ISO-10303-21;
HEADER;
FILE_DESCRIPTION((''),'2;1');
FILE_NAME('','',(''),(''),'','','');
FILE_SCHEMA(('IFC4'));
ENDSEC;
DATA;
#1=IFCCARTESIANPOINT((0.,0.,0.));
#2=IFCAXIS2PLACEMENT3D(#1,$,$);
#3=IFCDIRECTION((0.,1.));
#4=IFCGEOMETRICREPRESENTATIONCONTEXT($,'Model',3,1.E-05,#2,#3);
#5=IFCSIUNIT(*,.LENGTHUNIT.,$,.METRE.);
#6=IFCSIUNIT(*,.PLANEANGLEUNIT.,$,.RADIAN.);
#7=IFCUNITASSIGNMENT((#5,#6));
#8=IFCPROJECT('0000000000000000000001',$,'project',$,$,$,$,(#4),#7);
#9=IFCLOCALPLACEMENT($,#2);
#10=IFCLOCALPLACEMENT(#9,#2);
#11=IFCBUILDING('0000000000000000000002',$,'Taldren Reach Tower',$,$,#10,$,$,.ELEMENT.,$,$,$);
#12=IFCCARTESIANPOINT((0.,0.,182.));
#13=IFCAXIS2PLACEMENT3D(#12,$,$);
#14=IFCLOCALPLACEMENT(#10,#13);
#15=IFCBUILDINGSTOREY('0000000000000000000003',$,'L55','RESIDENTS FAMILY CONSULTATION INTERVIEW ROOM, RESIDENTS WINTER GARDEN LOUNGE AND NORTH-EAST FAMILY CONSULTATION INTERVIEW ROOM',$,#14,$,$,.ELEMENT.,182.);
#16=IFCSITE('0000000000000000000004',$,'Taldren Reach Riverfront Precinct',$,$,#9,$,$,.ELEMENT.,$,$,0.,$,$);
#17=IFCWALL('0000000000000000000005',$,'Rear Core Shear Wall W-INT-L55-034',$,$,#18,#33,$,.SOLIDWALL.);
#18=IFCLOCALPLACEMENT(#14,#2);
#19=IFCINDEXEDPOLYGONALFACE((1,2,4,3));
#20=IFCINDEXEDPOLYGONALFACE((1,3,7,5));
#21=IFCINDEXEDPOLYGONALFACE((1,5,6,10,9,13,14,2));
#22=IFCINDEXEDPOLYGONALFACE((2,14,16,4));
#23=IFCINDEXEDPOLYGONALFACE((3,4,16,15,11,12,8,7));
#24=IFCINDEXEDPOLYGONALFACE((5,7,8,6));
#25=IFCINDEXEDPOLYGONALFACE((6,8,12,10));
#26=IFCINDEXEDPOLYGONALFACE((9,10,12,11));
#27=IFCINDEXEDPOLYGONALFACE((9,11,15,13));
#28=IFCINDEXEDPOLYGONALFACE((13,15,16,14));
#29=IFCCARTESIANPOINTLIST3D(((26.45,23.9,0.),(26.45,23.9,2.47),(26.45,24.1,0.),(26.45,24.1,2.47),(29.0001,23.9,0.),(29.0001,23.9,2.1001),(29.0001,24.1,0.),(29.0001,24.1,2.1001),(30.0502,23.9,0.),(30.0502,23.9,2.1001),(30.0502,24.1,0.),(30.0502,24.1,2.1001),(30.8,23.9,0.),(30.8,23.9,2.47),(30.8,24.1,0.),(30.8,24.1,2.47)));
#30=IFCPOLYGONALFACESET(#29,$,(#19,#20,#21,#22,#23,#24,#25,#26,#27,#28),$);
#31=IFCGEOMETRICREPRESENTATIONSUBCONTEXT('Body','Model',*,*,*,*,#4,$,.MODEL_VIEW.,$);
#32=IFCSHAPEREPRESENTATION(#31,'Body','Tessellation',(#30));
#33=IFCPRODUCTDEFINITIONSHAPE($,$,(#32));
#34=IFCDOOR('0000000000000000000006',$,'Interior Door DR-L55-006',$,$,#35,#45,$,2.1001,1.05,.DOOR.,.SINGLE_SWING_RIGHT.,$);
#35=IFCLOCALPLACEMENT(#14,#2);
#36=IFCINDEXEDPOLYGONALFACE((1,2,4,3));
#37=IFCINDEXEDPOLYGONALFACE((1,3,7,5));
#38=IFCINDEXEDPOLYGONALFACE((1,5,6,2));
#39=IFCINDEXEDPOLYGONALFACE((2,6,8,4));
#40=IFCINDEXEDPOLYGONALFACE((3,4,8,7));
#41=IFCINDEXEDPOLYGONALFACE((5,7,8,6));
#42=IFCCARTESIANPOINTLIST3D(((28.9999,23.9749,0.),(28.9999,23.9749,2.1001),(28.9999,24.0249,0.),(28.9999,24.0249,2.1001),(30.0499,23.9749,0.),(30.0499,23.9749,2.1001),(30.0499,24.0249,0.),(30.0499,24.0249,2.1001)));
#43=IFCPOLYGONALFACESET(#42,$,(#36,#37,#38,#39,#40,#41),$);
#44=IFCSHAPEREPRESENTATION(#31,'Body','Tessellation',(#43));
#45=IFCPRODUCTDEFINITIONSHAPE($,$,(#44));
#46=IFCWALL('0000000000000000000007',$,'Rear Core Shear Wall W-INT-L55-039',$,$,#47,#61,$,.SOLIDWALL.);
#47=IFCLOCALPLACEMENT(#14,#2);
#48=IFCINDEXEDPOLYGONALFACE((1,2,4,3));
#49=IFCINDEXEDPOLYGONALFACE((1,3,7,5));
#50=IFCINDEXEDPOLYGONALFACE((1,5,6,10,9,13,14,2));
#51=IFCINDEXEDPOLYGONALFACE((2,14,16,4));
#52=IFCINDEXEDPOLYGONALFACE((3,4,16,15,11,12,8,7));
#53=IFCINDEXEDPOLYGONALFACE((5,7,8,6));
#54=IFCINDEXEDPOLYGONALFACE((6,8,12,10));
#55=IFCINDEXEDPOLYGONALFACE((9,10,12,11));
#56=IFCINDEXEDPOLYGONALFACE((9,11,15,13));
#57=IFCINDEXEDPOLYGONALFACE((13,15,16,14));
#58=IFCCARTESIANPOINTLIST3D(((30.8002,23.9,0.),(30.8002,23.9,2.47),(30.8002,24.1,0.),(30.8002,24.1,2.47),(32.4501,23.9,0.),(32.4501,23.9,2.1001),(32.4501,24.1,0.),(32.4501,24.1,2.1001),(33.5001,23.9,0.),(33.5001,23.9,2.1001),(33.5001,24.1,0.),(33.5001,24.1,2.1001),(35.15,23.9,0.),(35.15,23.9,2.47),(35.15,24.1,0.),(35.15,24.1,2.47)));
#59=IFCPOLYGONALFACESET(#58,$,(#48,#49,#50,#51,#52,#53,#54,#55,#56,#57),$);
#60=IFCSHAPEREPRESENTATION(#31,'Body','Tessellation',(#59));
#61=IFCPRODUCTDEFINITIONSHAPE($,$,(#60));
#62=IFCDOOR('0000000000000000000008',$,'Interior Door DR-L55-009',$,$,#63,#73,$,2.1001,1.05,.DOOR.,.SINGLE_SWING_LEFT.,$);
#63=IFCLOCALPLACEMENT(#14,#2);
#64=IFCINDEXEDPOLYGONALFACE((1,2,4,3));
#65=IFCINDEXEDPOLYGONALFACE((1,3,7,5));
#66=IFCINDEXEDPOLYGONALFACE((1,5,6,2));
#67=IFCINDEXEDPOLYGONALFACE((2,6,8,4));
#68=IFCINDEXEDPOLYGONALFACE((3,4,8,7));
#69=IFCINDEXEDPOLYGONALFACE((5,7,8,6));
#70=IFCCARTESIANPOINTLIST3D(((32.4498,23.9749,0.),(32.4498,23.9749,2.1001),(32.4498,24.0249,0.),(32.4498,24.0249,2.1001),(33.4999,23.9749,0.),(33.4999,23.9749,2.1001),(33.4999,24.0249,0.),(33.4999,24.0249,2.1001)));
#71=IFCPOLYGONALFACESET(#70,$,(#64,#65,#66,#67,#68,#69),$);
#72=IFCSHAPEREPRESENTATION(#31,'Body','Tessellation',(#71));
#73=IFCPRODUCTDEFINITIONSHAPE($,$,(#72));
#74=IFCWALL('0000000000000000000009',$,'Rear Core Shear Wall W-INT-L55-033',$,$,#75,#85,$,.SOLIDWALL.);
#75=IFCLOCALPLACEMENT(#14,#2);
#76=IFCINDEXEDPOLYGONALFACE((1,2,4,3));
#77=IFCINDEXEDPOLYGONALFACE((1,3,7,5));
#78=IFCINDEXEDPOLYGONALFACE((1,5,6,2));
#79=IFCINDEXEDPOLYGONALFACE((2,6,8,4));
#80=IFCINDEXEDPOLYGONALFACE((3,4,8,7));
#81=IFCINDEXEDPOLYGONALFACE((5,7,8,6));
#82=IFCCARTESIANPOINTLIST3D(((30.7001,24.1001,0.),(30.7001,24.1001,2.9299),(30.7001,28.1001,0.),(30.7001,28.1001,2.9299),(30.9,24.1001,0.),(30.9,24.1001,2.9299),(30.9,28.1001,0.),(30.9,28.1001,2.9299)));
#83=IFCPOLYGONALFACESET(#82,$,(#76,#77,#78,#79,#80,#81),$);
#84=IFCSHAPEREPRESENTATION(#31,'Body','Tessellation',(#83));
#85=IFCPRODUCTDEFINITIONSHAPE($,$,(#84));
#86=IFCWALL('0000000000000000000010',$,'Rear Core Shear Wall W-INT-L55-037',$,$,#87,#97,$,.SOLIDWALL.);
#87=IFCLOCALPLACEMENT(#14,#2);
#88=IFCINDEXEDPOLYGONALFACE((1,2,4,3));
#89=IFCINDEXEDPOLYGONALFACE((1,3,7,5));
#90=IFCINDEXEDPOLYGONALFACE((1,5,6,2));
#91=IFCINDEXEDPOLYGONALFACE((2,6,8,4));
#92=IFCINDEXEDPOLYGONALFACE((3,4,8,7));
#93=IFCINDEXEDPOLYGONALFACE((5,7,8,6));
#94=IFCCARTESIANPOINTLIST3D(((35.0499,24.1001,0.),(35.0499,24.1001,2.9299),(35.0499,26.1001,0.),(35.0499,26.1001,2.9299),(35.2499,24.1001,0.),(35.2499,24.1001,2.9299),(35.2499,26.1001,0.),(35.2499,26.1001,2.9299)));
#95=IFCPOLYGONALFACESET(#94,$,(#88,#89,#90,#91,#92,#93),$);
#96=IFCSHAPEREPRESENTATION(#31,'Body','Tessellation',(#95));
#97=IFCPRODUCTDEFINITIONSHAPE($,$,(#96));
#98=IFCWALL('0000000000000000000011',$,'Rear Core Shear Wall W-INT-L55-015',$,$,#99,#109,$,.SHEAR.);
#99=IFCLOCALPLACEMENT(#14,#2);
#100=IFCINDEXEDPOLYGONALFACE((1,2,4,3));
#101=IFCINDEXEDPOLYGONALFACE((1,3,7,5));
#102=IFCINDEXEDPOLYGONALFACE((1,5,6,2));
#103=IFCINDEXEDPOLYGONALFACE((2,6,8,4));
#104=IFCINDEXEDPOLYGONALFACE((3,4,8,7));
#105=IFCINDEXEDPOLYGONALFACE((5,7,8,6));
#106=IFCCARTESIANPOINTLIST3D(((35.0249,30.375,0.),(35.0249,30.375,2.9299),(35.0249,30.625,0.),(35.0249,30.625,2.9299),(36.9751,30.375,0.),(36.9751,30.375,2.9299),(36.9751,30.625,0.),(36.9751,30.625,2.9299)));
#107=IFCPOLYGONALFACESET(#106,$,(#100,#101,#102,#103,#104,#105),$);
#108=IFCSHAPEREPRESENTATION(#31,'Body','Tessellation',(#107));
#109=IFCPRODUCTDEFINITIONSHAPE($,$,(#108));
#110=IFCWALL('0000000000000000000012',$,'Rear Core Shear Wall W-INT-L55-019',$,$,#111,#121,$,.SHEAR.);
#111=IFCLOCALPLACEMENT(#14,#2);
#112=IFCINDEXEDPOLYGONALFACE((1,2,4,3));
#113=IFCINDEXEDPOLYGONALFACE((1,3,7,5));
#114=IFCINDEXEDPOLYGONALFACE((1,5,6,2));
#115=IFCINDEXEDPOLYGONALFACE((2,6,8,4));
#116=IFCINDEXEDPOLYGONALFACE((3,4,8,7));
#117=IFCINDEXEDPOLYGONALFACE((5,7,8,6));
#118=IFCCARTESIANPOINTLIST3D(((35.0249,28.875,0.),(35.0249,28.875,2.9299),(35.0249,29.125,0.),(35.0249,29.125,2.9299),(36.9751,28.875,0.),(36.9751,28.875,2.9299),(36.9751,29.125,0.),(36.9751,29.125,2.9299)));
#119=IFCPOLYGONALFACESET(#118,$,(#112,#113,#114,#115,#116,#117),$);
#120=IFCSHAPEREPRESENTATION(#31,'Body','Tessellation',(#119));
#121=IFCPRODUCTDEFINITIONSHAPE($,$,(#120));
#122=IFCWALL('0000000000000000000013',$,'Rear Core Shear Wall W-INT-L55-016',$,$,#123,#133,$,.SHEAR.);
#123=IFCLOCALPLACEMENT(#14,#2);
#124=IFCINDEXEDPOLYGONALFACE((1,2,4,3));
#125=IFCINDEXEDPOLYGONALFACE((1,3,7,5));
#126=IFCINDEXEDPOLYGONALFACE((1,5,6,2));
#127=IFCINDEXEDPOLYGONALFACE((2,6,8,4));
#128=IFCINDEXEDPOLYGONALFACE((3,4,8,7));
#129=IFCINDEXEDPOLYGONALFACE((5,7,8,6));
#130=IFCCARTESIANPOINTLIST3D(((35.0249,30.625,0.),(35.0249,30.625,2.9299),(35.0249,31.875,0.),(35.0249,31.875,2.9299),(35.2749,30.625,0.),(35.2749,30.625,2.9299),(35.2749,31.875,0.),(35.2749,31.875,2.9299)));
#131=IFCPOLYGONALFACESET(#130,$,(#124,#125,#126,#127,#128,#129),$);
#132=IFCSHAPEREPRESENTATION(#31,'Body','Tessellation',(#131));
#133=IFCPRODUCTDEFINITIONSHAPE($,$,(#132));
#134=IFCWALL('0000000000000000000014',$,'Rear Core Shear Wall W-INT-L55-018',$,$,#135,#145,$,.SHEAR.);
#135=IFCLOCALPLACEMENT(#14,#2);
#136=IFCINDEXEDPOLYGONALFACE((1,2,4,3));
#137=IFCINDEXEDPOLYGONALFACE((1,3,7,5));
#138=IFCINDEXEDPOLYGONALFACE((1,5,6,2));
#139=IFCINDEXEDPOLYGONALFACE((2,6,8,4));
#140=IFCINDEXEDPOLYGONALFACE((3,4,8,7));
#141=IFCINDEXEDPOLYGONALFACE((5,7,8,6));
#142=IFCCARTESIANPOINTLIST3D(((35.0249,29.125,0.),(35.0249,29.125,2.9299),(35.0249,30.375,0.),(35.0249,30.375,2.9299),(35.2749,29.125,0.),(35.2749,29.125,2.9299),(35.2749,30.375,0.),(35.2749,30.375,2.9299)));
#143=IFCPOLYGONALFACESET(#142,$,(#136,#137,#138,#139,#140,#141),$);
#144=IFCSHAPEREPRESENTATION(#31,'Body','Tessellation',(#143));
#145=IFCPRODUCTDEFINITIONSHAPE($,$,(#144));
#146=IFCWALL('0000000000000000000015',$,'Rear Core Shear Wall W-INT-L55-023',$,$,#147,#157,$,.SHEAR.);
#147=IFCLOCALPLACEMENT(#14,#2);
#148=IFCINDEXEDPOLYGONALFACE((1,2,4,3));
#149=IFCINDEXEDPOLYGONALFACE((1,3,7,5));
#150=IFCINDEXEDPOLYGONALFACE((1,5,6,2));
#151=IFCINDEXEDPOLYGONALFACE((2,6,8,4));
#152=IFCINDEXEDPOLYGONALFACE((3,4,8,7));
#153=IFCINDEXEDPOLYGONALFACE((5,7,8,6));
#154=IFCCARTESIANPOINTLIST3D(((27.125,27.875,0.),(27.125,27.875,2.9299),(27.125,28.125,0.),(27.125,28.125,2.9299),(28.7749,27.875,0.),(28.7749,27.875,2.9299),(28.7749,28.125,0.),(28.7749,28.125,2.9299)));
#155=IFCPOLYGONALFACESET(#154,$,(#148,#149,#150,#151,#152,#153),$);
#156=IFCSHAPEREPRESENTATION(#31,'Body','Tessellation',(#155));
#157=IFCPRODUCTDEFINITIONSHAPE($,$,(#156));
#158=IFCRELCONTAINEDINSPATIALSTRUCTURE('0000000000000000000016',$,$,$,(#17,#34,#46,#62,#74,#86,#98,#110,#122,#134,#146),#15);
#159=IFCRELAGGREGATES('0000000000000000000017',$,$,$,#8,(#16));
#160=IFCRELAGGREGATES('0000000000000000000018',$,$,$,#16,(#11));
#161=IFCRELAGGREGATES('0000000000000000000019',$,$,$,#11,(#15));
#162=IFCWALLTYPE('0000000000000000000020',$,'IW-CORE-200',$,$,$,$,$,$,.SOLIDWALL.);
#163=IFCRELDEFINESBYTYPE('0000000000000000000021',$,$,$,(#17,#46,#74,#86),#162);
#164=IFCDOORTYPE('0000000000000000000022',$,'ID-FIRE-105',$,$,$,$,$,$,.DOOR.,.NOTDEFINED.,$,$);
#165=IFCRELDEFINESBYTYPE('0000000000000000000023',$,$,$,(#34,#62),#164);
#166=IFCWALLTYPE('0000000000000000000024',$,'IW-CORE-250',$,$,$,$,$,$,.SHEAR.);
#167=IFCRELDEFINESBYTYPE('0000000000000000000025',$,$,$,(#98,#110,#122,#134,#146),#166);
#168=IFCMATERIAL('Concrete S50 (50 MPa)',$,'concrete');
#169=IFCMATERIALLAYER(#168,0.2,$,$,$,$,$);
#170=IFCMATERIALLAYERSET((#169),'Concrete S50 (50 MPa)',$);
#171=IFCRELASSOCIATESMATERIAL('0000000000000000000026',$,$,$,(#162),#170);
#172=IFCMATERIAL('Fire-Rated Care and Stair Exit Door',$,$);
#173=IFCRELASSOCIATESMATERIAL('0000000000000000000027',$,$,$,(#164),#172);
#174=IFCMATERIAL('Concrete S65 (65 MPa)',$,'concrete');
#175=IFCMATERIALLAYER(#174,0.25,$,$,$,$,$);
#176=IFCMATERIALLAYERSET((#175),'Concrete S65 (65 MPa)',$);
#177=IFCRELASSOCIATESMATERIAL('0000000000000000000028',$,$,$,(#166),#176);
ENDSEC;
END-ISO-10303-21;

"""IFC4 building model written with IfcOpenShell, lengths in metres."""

from ifc_helpers import new_model, si_unit, direction, frame, frame_2d, origin, place, context, subcontext, project, spatial, rectangle, extrude, source, transform, mapped, material, layer, layer_set, type_object, element, fill, save


model = new_model("IFC4")

# Units and contexts
model_context = context("Model", 3, precision=1e-05, world=origin(), true_north=direction((0.0, 1.0)))
body_context = subcontext(model_context, "Body", "Model", "MODEL_VIEW")
ifc_project = project(units=[si_unit("LENGTHUNIT", "METRE"), si_unit("PLANEANGLEUNIT", "RADIAN")], contexts=[model_context])

# Site, building, storey
site_placement = place(None, origin())
site = spatial("IfcSite", under=ifc_project, at=site_placement, Name="Taldren Reach Riverfront Precinct", CompositionType="ELEMENT", RefElevation=0.0)
building_placement = place(site_placement, origin())
building = spatial("IfcBuilding", under=site, at=building_placement, Name="Taldren Reach Tower", CompositionType="ELEMENT")
storey_placement = place(building_placement, frame((0.0, 0.0, 182.0)))
storey = spatial("IfcBuildingStorey", under=building, at=storey_placement, Name="L55", Description="RESIDENTS FAMILY CONSULTATION INTERVIEW ROOM, RESIDENTS WINTER GARDEN LOUNGE AND NORTH-EAST FAMILY CONSULTATION INTERVIEW ROOM", CompositionType="ELEMENT", Elevation=182.0)

# Walls, openings, doors
ifc_material_1 = material(Name="Concrete S50 (50 MPa)", Category="concrete")
ifc_layer_1 = layer(ifc_material_1, 0.2)
ifc_layer_set_1 = layer_set([ifc_layer_1], Name="Concrete S50 (50 MPa)")
wall_type_1 = type_object("IfcWallType", Name="IW-CORE-200", PredefinedType="SOLIDWALL", material=ifc_layer_set_1)
shared_shape_1 = source(origin(), body_context, "Body", "SweptSolid", [
    extrude(rectangle(XDim=4.3501, YDim=0.2, at=frame_2d((2.175, 0.0))), origin(), (0.0, 0.0, 1.0), 2.47),
])
wall_1_placement = place(storey_placement, frame((30.8, 24.0, 0.0), z_axis=(0.0, 0.0, 1.0), x_axis=(-1.0, 0.0, 0.0)))
wall_1 = element("IfcWall", 1, at=wall_1_placement, inside=storey, type_object=wall_type_1, Name="Rear Core Shear Wall W-INT-L55-034", PredefinedType="SOLIDWALL", context=body_context, shape_type="MappedRepresentation", body=[
    mapped(shared_shape_1, transform((0.0, 0.0, 0.0), scale=1.0)),
])
shared_shape_2 = source(origin(), body_context, "Body", "SweptSolid", [
    extrude(rectangle(XDim=1.05, YDim=2.1001, at=frame_2d((0.5249, 1.05))), frame((0.0, 0.1099, 0.0), z_axis=(0.0, -1.0, 0.0), x_axis=(1.0, 0.0, 0.0)), (0.0, 0.0, 1.0), 0.22),
])
opening_1_placement = place(wall_1_placement, frame((0.75, 0.0, 0.0)))
opening_1 = element("IfcOpeningElement", 2, at=opening_1_placement, cuts=wall_1, PredefinedType="OPENING", context=body_context, shape_type="MappedRepresentation", body=[
    mapped(shared_shape_2, transform((0.0, 0.0, 0.0), scale=1.0)),
])
ifc_material_2 = material(Name="Fire-Rated Care and Stair Exit Door")
door_type_1 = type_object("IfcDoorType", Name="ID-FIRE-105", OperationType="NOTDEFINED", PredefinedType="DOOR", material=ifc_material_2)
shared_shape_3 = source(origin(), body_context, "Body", "SweptSolid", [
    extrude(rectangle(XDim=1.05, YDim=2.1001, at=frame_2d((0.5249, 1.05))), frame((0.0, 0.0249, 0.0), z_axis=(0.0, -1.0, 0.0), x_axis=(1.0, 0.0, 0.0)), (0.0, 0.0, 1.0), 0.05),
])
door_1_placement = place(opening_1_placement, frame((1.05, 0.0, 0.0), z_axis=(0.0, 0.0, 1.0), x_axis=(-1.0, 0.0, 0.0)))
door_1 = element("IfcDoor", 3, at=door_1_placement, inside=storey, type_object=door_type_1, Name="Interior Door DR-L55-006", OperationType="SINGLE_SWING_RIGHT", OverallHeight=2.1001, OverallWidth=1.05, PredefinedType="DOOR", context=body_context, shape_type="MappedRepresentation", body=[
    mapped(shared_shape_3, transform((0.0, 0.0, 0.0), scale=1.0)),
])
fill(opening_1, door_1)
shared_shape_4 = source(origin(), body_context, "Body", "SweptSolid", [
    extrude(rectangle(XDim=4.3499, YDim=0.2, at=frame_2d((2.1748, 0.0))), origin(), (0.0, 0.0, 1.0), 2.47),
])
wall_2_placement = place(storey_placement, frame((35.1499, 24.0, 0.0), z_axis=(0.0, 0.0, 1.0), x_axis=(-1.0, 0.0, 0.0)))
wall_2 = element("IfcWall", 4, at=wall_2_placement, inside=storey, type_object=wall_type_1, Name="Rear Core Shear Wall W-INT-L55-039", PredefinedType="SOLIDWALL", context=body_context, shape_type="MappedRepresentation", body=[
    mapped(shared_shape_4, transform((0.0, 0.0, 0.0), scale=1.0)),
])
opening_2_placement = place(wall_2_placement, frame((1.6499, 0.0, 0.0)))
opening_2 = element("IfcOpeningElement", 5, at=opening_2_placement, cuts=wall_2, PredefinedType="OPENING", context=body_context, shape_type="MappedRepresentation", body=[
    mapped(shared_shape_2, transform((0.0, 0.0, 0.0), scale=1.0)),
])
door_2_placement = place(opening_2_placement, frame((1.05, 0.0, 0.0), z_axis=(0.0, 0.0, 1.0), x_axis=(-1.0, 0.0, 0.0)))
door_2 = element("IfcDoor", 6, at=door_2_placement, inside=storey, type_object=door_type_1, Name="Interior Door DR-L55-009", OperationType="SINGLE_SWING_LEFT", OverallHeight=2.1001, OverallWidth=1.05, PredefinedType="DOOR", context=body_context, shape_type="MappedRepresentation", body=[
    mapped(shared_shape_3, transform((0.0, 0.0, 0.0), scale=1.0)),
])
fill(opening_2, door_2)

# Walls
shared_shape_5 = source(origin(), body_context, "Body", "SweptSolid", [
    extrude(rectangle(XDim=4.0, YDim=0.2, at=frame_2d((2.0, 0.0))), origin(), (0.0, 0.0, 1.0), 2.9299),
])
wall_3_placement = place(storey_placement, frame((30.8, 28.1001, 0.0), z_axis=(0.0, 0.0, 1.0), x_axis=(0.0, -1.0, 0.0)))
element("IfcWall", 7, at=wall_3_placement, inside=storey, type_object=wall_type_1, Name="Rear Core Shear Wall W-INT-L55-033", PredefinedType="SOLIDWALL", context=body_context, shape_type="MappedRepresentation", body=[
    mapped(shared_shape_5, transform((0.0, 0.0, 0.0), scale=1.0)),
])
shared_shape_6 = source(origin(), body_context, "Body", "SweptSolid", [
    extrude(rectangle(XDim=2.0, YDim=0.2, at=frame_2d((1.0, 0.0))), origin(), (0.0, 0.0, 1.0), 2.9299),
])
wall_4_placement = place(storey_placement, frame((35.1499, 26.1001, 0.0), z_axis=(0.0, 0.0, 1.0), x_axis=(0.0, -1.0, 0.0)))
element("IfcWall", 8, at=wall_4_placement, inside=storey, type_object=wall_type_1, Name="Rear Core Shear Wall W-INT-L55-037", PredefinedType="SOLIDWALL", context=body_context, shape_type="MappedRepresentation", body=[
    mapped(shared_shape_6, transform((0.0, 0.0, 0.0), scale=1.0)),
])
ifc_material_3 = material(Name="Concrete S65 (65 MPa)", Category="concrete")
ifc_layer_2 = layer(ifc_material_3, 0.25)
ifc_layer_set_2 = layer_set([ifc_layer_2], Name="Concrete S65 (65 MPa)")
wall_type_2 = type_object("IfcWallType", Name="IW-CORE-250", PredefinedType="SHEAR", material=ifc_layer_set_2)
shared_shape_7 = source(origin(), body_context, "Body", "SweptSolid", [
    extrude(rectangle(XDim=1.9502, YDim=0.25, at=frame_2d((0.9751, 0.0))), origin(), (0.0, 0.0, 1.0), 2.9299),
])
for number, where, z_axis, x_axis, name in (
    (9, (35.0249, 30.5, 0.0), (0.0, 0.0, 1.0), (1.0, 0.0, 0.0), "Rear Core Shear Wall W-INT-L55-015"),
    (10, (35.0249, 29.0, 0.0), (0.0, 0.0, 1.0), (1.0, 0.0, 0.0), "Rear Core Shear Wall W-INT-L55-019"),
):
    element("IfcWall", number, at=place(storey_placement, frame(where, z_axis=z_axis, x_axis=x_axis)), inside=storey, type_object=wall_type_2, Name=name, PredefinedType="SHEAR", context=body_context, shape_type="MappedRepresentation", body=[
        mapped(shared_shape_7, transform((0.0, 0.0, 0.0), scale=1.0)),
    ])
shared_shape_8 = source(origin(), body_context, "Body", "SweptSolid", [
    extrude(rectangle(XDim=1.25, YDim=0.25, at=frame_2d((0.625, 0.0))), origin(), (0.0, 0.0, 1.0), 2.9299),
])
for number, where, z_axis, x_axis, name in (
    (11, (35.1499, 31.875, 0.0), (0.0, 0.0, 1.0), (0.0, -1.0, 0.0), "Rear Core Shear Wall W-INT-L55-016"),
    (12, (35.1499, 30.375, 0.0), (0.0, 0.0, 1.0), (0.0, -1.0, 0.0), "Rear Core Shear Wall W-INT-L55-018"),
):
    element("IfcWall", number, at=place(storey_placement, frame(where, z_axis=z_axis, x_axis=x_axis)), inside=storey, type_object=wall_type_2, Name=name, PredefinedType="SHEAR", context=body_context, shape_type="MappedRepresentation", body=[
        mapped(shared_shape_8, transform((0.0, 0.0, 0.0), scale=1.0)),
    ])
shared_shape_9 = source(origin(), body_context, "Body", "SweptSolid", [
    extrude(rectangle(XDim=1.6499, YDim=0.25, at=frame_2d((0.825, 0.0))), origin(), (0.0, 0.0, 1.0), 2.9299),
])
wall_5_placement = place(storey_placement, frame((28.7749, 28.0, 0.0), z_axis=(0.0, 0.0, 1.0), x_axis=(-1.0, 0.0, 0.0)))
element("IfcWall", 13, at=wall_5_placement, inside=storey, type_object=wall_type_2, Name="Rear Core Shear Wall W-INT-L55-023", PredefinedType="SHEAR", context=body_context, shape_type="MappedRepresentation", body=[
    mapped(shared_shape_9, transform((0.0, 0.0, 0.0), scale=1.0)),
])

save(model, "model.ifc")
